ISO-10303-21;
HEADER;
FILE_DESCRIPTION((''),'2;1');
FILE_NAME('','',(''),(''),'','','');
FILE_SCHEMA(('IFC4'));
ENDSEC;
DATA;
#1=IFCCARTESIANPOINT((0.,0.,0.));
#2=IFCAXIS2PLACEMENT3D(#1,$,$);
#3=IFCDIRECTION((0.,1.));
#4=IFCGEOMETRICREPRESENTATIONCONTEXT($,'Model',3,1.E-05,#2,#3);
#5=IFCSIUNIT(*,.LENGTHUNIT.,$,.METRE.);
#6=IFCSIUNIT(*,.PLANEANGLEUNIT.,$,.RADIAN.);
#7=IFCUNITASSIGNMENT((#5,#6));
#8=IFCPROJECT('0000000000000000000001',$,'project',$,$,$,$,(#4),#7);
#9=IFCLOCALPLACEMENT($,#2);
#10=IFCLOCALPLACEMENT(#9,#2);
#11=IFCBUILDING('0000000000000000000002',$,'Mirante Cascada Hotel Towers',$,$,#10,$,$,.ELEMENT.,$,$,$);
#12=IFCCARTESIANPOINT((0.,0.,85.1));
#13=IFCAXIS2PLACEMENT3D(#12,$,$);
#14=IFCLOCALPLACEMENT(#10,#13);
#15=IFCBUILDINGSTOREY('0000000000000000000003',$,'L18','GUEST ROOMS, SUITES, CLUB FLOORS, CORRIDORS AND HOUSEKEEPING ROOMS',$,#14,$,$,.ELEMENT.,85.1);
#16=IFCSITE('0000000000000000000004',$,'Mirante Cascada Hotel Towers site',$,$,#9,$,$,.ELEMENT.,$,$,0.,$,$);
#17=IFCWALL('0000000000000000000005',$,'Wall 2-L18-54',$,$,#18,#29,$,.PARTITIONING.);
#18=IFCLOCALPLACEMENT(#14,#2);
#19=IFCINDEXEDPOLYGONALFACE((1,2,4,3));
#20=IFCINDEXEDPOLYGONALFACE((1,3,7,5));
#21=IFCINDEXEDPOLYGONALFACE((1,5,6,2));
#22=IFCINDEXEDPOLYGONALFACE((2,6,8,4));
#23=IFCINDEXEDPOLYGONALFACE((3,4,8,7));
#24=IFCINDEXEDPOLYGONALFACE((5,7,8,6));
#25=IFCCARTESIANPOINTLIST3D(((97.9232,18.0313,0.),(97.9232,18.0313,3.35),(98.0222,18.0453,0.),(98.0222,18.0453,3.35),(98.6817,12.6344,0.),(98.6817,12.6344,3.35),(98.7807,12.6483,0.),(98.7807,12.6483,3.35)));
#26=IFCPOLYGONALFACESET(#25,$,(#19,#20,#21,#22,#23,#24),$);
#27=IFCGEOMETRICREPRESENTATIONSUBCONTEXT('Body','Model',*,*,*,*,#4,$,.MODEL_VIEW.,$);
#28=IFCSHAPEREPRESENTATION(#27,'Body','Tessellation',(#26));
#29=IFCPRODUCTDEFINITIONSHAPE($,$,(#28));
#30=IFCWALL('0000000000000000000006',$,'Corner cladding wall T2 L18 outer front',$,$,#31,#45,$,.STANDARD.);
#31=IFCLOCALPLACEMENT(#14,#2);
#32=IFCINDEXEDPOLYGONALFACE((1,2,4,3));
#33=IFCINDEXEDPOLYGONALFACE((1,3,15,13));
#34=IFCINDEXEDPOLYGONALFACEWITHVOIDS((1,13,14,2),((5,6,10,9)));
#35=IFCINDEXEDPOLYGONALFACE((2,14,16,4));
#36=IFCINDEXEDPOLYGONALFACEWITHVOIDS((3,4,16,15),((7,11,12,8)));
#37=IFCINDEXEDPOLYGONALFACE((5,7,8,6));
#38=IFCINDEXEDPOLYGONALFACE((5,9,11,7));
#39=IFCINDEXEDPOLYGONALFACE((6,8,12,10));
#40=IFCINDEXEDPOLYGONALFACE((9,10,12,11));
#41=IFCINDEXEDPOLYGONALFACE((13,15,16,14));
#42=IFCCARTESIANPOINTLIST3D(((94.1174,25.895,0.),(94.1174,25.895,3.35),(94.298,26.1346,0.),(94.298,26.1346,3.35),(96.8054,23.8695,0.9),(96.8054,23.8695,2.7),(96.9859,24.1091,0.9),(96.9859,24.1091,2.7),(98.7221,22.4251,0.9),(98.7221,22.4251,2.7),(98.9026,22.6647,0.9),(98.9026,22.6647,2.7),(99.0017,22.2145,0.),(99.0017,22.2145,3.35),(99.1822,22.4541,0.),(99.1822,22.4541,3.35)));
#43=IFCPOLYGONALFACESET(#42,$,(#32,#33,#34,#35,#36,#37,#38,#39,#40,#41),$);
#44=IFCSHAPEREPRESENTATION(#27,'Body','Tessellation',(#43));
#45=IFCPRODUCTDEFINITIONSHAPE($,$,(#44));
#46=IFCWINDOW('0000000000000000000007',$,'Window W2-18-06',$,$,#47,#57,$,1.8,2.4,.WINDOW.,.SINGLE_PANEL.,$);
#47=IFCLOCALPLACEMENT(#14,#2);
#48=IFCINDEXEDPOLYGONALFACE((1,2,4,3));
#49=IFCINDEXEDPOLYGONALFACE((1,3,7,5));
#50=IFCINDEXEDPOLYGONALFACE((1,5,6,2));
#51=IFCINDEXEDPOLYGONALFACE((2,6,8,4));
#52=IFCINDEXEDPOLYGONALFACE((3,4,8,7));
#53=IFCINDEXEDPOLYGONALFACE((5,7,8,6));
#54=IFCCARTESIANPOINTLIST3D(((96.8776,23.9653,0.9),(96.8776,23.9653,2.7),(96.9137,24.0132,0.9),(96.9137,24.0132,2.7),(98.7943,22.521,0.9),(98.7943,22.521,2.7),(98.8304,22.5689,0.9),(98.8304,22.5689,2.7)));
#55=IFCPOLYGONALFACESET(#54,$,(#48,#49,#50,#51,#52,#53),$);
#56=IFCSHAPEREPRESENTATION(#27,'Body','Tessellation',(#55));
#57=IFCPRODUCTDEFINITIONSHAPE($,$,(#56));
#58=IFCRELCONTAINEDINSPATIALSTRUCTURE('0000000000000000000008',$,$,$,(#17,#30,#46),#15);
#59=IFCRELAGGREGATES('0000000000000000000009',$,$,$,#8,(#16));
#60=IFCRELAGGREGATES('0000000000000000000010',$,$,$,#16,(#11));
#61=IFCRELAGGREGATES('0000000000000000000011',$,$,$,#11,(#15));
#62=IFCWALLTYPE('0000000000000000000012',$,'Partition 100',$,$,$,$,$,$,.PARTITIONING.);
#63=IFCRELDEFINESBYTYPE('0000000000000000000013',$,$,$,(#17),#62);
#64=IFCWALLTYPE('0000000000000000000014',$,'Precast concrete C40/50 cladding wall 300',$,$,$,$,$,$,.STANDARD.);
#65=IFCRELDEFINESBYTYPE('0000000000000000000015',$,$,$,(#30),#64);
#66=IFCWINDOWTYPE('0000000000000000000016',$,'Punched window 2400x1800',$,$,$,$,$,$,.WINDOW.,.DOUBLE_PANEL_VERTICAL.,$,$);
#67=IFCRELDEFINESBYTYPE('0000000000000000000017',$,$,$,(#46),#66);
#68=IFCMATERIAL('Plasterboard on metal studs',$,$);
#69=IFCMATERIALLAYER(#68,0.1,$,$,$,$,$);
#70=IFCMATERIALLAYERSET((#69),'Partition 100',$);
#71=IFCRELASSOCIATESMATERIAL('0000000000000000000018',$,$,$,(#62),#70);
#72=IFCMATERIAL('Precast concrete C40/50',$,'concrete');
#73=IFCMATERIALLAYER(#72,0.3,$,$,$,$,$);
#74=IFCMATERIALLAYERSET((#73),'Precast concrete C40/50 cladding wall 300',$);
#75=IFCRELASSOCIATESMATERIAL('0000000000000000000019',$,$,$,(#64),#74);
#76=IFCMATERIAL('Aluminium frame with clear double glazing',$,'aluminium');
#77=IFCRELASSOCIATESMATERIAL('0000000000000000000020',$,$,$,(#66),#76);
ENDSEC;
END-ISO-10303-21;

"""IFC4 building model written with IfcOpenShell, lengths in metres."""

from ifc_helpers import new_model, si_unit, direction, frame, frame_2d, origin, place, context, subcontext, project, spatial, rectangle, extrude, material, layer, layer_set, type_object, element, fill, save


model = new_model("IFC4")

# Units and contexts
model_context = context("Model", 3, precision=1e-05, world=origin(), true_north=direction((0.0, 1.0)))
body_context = subcontext(model_context, "Body", "Model", "MODEL_VIEW")
ifc_project = project(units=[si_unit("LENGTHUNIT", "METRE"), si_unit("PLANEANGLEUNIT", "RADIAN")], contexts=[model_context])

# Site, building, storey
site_placement = place(None, origin())
site = spatial("IfcSite", under=ifc_project, at=site_placement, Name="Mirante Cascada Hotel Towers site", CompositionType="ELEMENT", RefElevation=0.0)
building_placement = place(site_placement, origin())
building = spatial("IfcBuilding", under=site, at=building_placement, Name="Mirante Cascada Hotel Towers", CompositionType="ELEMENT")
storey_placement = place(building_placement, frame((0.0, 0.0, 85.1)))
storey = spatial("IfcBuildingStorey", under=building, at=storey_placement, Name="L18", Description="GUEST ROOMS, SUITES, CLUB FLOORS, CORRIDORS AND HOUSEKEEPING ROOMS", CompositionType="ELEMENT", Elevation=85.1)

# Wall
ifc_material_1 = material(Name="Plasterboard on metal studs")
ifc_layer_1 = layer(ifc_material_1, 0.1)
ifc_layer_set_1 = layer_set([ifc_layer_1], Name="Partition 100")
wall_type_1 = type_object("IfcWallType", Name="Partition 100", PredefinedType="PARTITIONING", material=ifc_layer_set_1)
wall_1_placement = place(storey_placement, frame((97.9727, 18.0383, 0.0), z_axis=(0.0, 0.0, 1.0), x_axis=(0.139173, -0.990268, 0.0)))
element("IfcWall", 1, at=wall_1_placement, inside=storey, type_object=wall_type_1, Name="Wall 2-L18-54", PredefinedType="PARTITIONING", context=body_context, shape_type="SweptSolid", body=[
    extrude(rectangle(XDim=5.45, YDim=0.1, at=frame_2d((2.725, 0.0))), origin(), (0.0, 0.0, 1.0), 3.35),
])

# Wall, opening, window
ifc_material_2 = material(Name="Precast concrete C40/50", Category="concrete")
ifc_layer_2 = layer(ifc_material_2, 0.3)
ifc_layer_set_2 = layer_set([ifc_layer_2], Name="Precast concrete C40/50 cladding wall 300")
wall_type_2 = type_object("IfcWallType", Name="Precast concrete C40/50 cladding wall 300", PredefinedType="STANDARD", material=ifc_layer_set_2)
wall_2_placement = place(storey_placement, frame((99.0919, 22.3343, 0.0), z_axis=(0.0, 0.0, 1.0), x_axis=(-0.798636, 0.601814, 0.0)))
wall_2 = element("IfcWall", 2, at=wall_2_placement, inside=storey, type_object=wall_type_2, Name="Corner cladding wall T2 L18 outer front", PredefinedType="STANDARD", context=body_context, shape_type="SweptSolid", body=[
    extrude(rectangle(XDim=6.1157, YDim=0.3, at=frame_2d((3.0578, 0.0))), origin(), (0.0, 0.0, 1.0), 3.35),
])
opening_placement = place(wall_2_placement, frame((0.35, 0.0, 0.9)))
opening = element("IfcOpeningElement", 3, at=opening_placement, cuts=wall_2, PredefinedType="OPENING", context=body_context, shape_type="SweptSolid", body=[
    extrude(rectangle(XDim=2.4, YDim=1.8, at=frame_2d((1.2, 0.9))), frame((0.0, 0.15, 0.0), z_axis=(0.0, -1.0, 0.0), x_axis=(1.0, 0.0, 0.0)), (0.0, 0.0, 1.0), 0.3),
])
ifc_material_3 = material(Name="Aluminium frame with clear double glazing", Category="aluminium")
window_type = type_object("IfcWindowType", Name="Punched window 2400x1800", PartitioningType="DOUBLE_PANEL_VERTICAL", PredefinedType="WINDOW", material=ifc_material_3)
window_placement = place(opening_placement, origin())
window = element("IfcWindow", 4, at=window_placement, inside=storey, type_object=window_type, Name="Window W2-18-06", OverallHeight=1.8, OverallWidth=2.4, PartitioningType="SINGLE_PANEL", PredefinedType="WINDOW", context=body_context, shape_type="SweptSolid", body=[
    extrude(rectangle(XDim=2.4, YDim=1.8, at=frame_2d((1.2, 0.9))), frame((0.0, 0.03, 0.0), z_axis=(0.0, -1.0, 0.0), x_axis=(1.0, 0.0, 0.0)), (0.0, 0.0, 1.0), 0.06),
])
fill(opening, window)

save(model, "model.ifc")
